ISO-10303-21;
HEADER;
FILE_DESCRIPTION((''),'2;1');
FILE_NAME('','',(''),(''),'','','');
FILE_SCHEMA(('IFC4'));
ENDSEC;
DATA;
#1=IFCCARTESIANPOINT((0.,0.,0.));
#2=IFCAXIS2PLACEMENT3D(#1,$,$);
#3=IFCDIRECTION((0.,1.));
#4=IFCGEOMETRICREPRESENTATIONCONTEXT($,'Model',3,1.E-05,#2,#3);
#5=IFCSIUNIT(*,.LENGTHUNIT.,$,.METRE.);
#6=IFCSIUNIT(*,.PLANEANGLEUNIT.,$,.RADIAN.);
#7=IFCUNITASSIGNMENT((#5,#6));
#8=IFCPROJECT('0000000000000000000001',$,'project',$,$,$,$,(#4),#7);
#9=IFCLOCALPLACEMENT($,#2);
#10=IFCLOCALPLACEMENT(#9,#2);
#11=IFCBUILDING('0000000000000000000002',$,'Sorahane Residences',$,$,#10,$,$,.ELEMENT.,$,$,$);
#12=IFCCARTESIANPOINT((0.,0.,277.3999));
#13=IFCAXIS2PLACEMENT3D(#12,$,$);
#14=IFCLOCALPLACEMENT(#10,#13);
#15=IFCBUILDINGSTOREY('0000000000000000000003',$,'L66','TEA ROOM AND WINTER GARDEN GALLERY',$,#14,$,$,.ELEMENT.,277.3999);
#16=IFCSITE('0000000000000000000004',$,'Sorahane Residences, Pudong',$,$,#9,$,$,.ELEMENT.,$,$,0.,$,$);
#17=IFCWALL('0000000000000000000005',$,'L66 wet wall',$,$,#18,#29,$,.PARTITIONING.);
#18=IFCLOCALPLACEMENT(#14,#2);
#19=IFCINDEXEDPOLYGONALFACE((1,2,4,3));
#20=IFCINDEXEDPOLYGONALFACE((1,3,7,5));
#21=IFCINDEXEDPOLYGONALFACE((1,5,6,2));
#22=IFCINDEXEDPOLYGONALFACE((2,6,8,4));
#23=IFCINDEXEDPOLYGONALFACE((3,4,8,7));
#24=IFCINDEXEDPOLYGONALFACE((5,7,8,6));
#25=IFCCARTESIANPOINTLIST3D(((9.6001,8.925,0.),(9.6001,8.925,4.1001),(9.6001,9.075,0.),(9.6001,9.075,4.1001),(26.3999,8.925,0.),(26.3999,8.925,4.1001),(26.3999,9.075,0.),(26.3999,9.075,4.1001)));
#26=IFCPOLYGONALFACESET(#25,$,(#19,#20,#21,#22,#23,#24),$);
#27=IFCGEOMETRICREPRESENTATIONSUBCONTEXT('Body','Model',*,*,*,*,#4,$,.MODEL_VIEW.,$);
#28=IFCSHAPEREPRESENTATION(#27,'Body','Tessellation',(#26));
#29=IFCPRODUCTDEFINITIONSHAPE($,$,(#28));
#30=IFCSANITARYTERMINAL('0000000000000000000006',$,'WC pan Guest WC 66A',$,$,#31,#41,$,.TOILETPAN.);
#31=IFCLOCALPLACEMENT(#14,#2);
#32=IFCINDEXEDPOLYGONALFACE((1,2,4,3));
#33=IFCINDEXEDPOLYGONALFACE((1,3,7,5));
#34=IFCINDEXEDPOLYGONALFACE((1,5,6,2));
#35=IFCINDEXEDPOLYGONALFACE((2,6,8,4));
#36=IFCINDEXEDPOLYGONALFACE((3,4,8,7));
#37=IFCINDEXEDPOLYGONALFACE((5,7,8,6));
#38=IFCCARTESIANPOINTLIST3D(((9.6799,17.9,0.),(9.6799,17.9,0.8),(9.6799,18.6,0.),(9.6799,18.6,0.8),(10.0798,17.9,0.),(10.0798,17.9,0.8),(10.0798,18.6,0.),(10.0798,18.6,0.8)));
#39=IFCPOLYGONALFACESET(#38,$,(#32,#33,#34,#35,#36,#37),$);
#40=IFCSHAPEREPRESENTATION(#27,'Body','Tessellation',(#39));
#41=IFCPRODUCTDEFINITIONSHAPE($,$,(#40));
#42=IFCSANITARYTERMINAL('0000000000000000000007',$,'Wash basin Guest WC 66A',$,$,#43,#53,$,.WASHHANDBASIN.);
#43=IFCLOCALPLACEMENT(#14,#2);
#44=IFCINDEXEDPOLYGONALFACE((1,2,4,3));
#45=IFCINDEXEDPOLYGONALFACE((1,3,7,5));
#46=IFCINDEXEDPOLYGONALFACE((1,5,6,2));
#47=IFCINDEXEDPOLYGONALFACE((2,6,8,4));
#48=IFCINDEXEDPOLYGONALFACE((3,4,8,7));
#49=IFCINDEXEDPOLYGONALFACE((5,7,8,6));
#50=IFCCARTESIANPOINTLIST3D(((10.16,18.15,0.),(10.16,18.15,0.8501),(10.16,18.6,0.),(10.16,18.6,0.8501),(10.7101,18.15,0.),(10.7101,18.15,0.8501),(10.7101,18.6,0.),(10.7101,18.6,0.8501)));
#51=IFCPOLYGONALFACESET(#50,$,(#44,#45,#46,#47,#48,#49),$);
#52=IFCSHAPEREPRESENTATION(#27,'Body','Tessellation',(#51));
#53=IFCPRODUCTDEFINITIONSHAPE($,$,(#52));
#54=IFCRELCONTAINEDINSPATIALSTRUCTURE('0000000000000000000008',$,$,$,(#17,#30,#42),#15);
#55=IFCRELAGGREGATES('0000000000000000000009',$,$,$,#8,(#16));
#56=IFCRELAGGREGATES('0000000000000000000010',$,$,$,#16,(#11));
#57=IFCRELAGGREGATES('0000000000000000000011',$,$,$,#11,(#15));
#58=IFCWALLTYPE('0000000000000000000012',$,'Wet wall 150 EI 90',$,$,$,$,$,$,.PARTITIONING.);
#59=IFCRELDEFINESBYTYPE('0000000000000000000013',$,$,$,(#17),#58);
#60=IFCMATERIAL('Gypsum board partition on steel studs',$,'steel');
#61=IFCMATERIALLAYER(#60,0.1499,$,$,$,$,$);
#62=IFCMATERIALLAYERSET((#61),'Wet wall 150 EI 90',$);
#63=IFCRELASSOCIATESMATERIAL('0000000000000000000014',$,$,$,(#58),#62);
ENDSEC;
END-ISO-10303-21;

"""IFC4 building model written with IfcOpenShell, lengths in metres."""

from ifc_helpers import new_model, si_unit, direction, frame, frame_2d, origin, origin_2d, place, context, subcontext, project, spatial, rectangle, extrude, material, layer, layer_set, type_object, element, save


model = new_model("IFC4")

# Units and contexts
model_context = context("Model", 3, precision=1e-05, world=origin(), true_north=direction((0.0, 1.0)))
body_context = subcontext(model_context, "Body", "Model", "MODEL_VIEW")
ifc_project = project(units=[si_unit("LENGTHUNIT", "METRE"), si_unit("PLANEANGLEUNIT", "RADIAN")], contexts=[model_context])

# Site, building, storey
site_placement = place(None, origin())
site = spatial("IfcSite", under=ifc_project, at=site_placement, Name="Sorahane Residences, Pudong", CompositionType="ELEMENT", RefElevation=0.0)
building_placement = place(site_placement, origin())
building = spatial("IfcBuilding", under=site, at=building_placement, Name="Sorahane Residences", CompositionType="ELEMENT")
storey_placement = place(building_placement, frame((0.0, 0.0, 277.3999)))
storey = spatial("IfcBuildingStorey", under=building, at=storey_placement, Name="L66", Description="TEA ROOM AND WINTER GARDEN GALLERY", CompositionType="ELEMENT", Elevation=277.3999)

# Shared definitions
ifc_material_1 = material(Name="Gypsum board partition on steel studs", Category="steel")
ifc_layer_1 = layer(ifc_material_1, 0.1499)
ifc_layer_set_1 = layer_set([ifc_layer_1], Name="Wet wall 150 EI 90")
wall_type_1 = type_object("IfcWallType", Name="Wet wall 150 EI 90", PredefinedType="PARTITIONING", material=ifc_layer_set_1)

# Wall
wall_1_placement = place(storey_placement, frame((9.6001, 9.0, 0.0), z_axis=(0.0, 0.0, 1.0), x_axis=(1.0, 0.0, 0.0)))
element("IfcWall", 1, at=wall_1_placement, inside=storey, type_object=wall_type_1, Name="L66 wet wall", PredefinedType="PARTITIONING", context=body_context, shape_type="SweptSolid", body=[
    extrude(rectangle(XDim=16.7998, YDim=0.1499, at=frame_2d((8.3999, 0.0))), origin(), (0.0, 0.0, 1.0), 4.1001),
])

# Sanitary terminals
sanitary_terminal_1_placement = place(storey_placement, frame((9.8799, 18.25, 0.0), z_axis=(0.0, 0.0, 1.0), x_axis=(1.0, 0.0, 0.0)))
element("IfcSanitaryTerminal", 2, at=sanitary_terminal_1_placement, inside=storey, Name="WC pan Guest WC 66A", PredefinedType="TOILETPAN", context=body_context, shape_type="SweptSolid", body=[
    extrude(rectangle(XDim=0.3999, YDim=0.7, at=origin_2d()), origin(), (0.0, 0.0, 1.0), 0.8),
])
sanitary_terminal_2_placement = place(storey_placement, frame((10.4351, 18.375, 0.0), z_axis=(0.0, 0.0, 1.0), x_axis=(1.0, 0.0, 0.0)))
element("IfcSanitaryTerminal", 3, at=sanitary_terminal_2_placement, inside=storey, Name="Wash basin Guest WC 66A", PredefinedType="WASHHANDBASIN", context=body_context, shape_type="SweptSolid", body=[
    extrude(rectangle(XDim=0.55, YDim=0.45, at=origin_2d()), origin(), (0.0, 0.0, 1.0), 0.8501),
])

save(model, "model.ifc")
